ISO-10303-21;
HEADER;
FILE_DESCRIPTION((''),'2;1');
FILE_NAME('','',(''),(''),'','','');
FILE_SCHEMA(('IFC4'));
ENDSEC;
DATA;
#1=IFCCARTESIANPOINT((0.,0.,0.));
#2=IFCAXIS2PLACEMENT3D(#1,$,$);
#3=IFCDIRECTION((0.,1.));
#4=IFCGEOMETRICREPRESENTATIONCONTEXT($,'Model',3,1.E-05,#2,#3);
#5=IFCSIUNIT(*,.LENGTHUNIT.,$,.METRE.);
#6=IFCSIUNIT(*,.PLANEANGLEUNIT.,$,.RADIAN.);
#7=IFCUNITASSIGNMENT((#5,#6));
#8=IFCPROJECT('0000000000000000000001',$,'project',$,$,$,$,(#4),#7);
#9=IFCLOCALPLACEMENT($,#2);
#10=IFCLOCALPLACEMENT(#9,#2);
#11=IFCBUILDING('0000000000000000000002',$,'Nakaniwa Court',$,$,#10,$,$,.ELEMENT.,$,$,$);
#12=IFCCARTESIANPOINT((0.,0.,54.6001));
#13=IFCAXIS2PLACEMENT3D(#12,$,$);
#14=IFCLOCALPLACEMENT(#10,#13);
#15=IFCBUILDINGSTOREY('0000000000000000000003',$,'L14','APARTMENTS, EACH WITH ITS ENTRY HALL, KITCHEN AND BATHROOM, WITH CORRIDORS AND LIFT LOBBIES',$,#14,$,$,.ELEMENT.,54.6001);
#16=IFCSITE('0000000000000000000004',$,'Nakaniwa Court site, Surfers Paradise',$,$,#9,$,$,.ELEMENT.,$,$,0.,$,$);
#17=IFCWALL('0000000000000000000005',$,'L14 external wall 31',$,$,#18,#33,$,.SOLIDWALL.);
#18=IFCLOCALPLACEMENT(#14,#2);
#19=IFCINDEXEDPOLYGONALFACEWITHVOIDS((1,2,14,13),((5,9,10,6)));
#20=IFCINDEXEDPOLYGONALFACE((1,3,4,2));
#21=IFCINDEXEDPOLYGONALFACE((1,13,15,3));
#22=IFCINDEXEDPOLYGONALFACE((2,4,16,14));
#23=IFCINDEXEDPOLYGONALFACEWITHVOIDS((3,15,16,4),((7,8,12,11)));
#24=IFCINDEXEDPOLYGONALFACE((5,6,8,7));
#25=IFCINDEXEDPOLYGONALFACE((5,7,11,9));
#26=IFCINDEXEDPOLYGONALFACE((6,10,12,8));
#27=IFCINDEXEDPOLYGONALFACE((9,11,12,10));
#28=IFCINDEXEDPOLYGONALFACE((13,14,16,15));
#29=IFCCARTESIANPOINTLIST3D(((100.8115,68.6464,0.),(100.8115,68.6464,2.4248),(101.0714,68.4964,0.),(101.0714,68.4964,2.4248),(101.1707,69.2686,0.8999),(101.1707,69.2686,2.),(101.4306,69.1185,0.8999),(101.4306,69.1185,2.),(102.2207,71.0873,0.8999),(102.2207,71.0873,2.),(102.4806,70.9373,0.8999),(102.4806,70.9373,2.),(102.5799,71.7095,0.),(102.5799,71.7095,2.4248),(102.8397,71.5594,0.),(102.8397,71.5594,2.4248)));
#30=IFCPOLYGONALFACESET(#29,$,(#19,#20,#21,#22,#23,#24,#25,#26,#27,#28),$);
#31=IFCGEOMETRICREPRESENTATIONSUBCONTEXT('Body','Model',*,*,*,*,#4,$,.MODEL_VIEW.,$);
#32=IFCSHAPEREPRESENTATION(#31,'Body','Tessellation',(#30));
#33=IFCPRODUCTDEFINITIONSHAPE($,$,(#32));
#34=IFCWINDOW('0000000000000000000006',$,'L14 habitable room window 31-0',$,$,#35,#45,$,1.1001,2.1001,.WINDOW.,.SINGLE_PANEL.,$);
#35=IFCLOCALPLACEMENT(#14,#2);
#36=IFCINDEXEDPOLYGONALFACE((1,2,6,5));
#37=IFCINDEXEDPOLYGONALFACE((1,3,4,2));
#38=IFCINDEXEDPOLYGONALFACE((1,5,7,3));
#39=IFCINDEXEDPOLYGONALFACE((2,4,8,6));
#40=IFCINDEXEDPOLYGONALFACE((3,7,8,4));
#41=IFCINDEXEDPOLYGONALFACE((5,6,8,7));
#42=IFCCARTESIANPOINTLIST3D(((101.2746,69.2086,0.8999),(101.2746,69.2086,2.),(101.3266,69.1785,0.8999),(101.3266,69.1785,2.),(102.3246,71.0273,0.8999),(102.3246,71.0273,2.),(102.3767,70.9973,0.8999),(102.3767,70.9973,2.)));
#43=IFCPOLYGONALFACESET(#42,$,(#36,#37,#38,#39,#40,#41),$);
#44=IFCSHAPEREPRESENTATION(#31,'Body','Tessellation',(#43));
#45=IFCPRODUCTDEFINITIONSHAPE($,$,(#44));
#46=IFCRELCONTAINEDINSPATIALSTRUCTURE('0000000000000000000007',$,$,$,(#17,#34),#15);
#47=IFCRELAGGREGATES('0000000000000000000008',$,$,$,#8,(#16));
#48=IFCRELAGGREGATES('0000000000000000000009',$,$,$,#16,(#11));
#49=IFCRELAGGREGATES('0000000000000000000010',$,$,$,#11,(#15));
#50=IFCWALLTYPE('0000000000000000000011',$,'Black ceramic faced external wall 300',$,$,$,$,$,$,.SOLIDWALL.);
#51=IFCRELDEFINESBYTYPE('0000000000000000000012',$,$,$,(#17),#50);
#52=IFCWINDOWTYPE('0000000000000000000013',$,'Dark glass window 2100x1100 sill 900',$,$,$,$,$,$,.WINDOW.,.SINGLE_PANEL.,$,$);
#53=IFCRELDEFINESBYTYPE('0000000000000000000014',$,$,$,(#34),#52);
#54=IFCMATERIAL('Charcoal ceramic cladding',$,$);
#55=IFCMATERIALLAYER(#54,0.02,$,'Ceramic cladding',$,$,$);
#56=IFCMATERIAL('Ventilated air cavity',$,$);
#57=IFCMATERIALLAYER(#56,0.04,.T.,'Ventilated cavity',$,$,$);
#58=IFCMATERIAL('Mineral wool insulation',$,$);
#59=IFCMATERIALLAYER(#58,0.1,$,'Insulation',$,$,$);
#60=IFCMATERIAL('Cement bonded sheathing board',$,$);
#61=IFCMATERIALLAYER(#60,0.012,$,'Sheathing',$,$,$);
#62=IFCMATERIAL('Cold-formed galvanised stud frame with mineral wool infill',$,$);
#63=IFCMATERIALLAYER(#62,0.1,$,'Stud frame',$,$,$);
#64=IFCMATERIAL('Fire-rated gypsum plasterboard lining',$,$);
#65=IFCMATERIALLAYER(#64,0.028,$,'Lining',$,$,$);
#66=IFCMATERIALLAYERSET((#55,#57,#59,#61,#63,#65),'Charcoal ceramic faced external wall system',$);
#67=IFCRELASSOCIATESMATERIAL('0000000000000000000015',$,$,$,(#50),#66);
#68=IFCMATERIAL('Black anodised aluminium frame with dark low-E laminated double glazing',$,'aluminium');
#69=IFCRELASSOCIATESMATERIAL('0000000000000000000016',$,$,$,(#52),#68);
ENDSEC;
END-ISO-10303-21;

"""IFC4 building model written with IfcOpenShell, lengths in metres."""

from ifc_helpers import new_model, si_unit, direction, frame, frame_2d, origin, place, context, subcontext, project, spatial, rectangle, extrude, material, layer, layer_set, type_object, element, fill, save


model = new_model("IFC4")

# Units and contexts
model_context = context("Model", 3, precision=1e-05, world=origin(), true_north=direction((0.0, 1.0)))
body_context = subcontext(model_context, "Body", "Model", "MODEL_VIEW")
ifc_project = project(units=[si_unit("LENGTHUNIT", "METRE"), si_unit("PLANEANGLEUNIT", "RADIAN")], contexts=[model_context])

# Site, building, storey
site_placement = place(None, origin())
site = spatial("IfcSite", under=ifc_project, at=site_placement, Name="Nakaniwa Court site, Surfers Paradise", CompositionType="ELEMENT", RefElevation=0.0)
building_placement = place(site_placement, origin())
building = spatial("IfcBuilding", under=site, at=building_placement, Name="Nakaniwa Court", CompositionType="ELEMENT")
storey_placement = place(building_placement, frame((0.0, 0.0, 54.6001)))
storey = spatial("IfcBuildingStorey", under=building, at=storey_placement, Name="L14", Description="APARTMENTS, EACH WITH ITS ENTRY HALL, KITCHEN AND BATHROOM, WITH CORRIDORS AND LIFT LOBBIES", CompositionType="ELEMENT", Elevation=54.6001)

# Wall, opening, window
ifc_material_1 = material(Name="Charcoal ceramic cladding")
ifc_layer_1 = layer(ifc_material_1, 0.02, Name="Ceramic cladding")
ifc_material_2 = material(Name="Ventilated air cavity")
ifc_layer_2 = layer(ifc_material_2, 0.04, ventilated=True, Name="Ventilated cavity")
ifc_material_3 = material(Name="Mineral wool insulation")
ifc_layer_3 = layer(ifc_material_3, 0.1, Name="Insulation")
ifc_material_4 = material(Name="Cement bonded sheathing board")
ifc_layer_4 = layer(ifc_material_4, 0.012, Name="Sheathing")
ifc_material_5 = material(Name="Cold-formed galvanised stud frame with mineral wool infill")
ifc_layer_5 = layer(ifc_material_5, 0.1, Name="Stud frame")
ifc_material_6 = material(Name="Fire-rated gypsum plasterboard lining")
ifc_layer_6 = layer(ifc_material_6, 0.028, Name="Lining")
ifc_layer_set_1 = layer_set([ifc_layer_1, ifc_layer_2, ifc_layer_3, ifc_layer_4, ifc_layer_5, ifc_layer_6], Name="Charcoal ceramic faced external wall system")
wall_type_1 = type_object("IfcWallType", Name="Black ceramic faced external wall 300", PredefinedType="SOLIDWALL", material=ifc_layer_set_1)
ifc_material_7 = material(Name="Black anodised aluminium frame with dark low-E laminated double glazing", Category="aluminium")
window_type_1 = type_object("IfcWindowType", Name="Dark glass window 2100x1100 sill 900", PartitioningType="SINGLE_PANEL", PredefinedType="WINDOW", material=ifc_material_7)
wall_1_placement = place(storey_placement, frame((100.9414, 68.5713, 0.0), z_axis=(0.0, 0.0, 1.0), x_axis=(0.499977, 0.866038, 0.0)))
wall_1 = element("IfcWall", 1, at=wall_1_placement, inside=storey, type_object=wall_type_1, Name="L14 external wall 31", PredefinedType="SOLIDWALL", context=body_context, shape_type="SweptSolid", body=[
    extrude(rectangle(XDim=3.5369, YDim=0.3, at=frame_2d((1.7686, 0.0))), origin(), (0.0, 0.0, 1.0), 2.4248),
])
opening_1_placement = place(wall_1_placement, frame((0.7185, 0.0, 0.8999)))
opening_1 = element("IfcOpeningElement", 2, at=opening_1_placement, cuts=wall_1, PredefinedType="OPENING", context=body_context, shape_type="SweptSolid", body=[
    extrude(rectangle(XDim=2.1001, YDim=1.1001, at=frame_2d((1.05, 0.55))), frame((0.0, 0.1599, 0.0), z_axis=(0.0, -1.0, 0.0), x_axis=(1.0, 0.0, 0.0)), (0.0, 0.0, 1.0), 0.3201),
])
window_1_placement = place(opening_1_placement, origin())
window_1 = element("IfcWindow", 3, at=window_1_placement, inside=storey, type_object=window_type_1, Name="L14 habitable room window 31-0", OverallHeight=1.1001, OverallWidth=2.1001, PartitioningType="SINGLE_PANEL", PredefinedType="WINDOW", context=body_context, shape_type="SweptSolid", body=[
    extrude(rectangle(XDim=2.1001, YDim=1.1001, at=frame_2d((1.05, 0.55))), frame((0.0, 0.03, 0.0), z_axis=(0.0, -1.0, 0.0), x_axis=(1.0, 0.0, 0.0)), (0.0, 0.0, 1.0), 0.0601),
])
fill(opening_1, window_1)

save(model, "model.ifc")
